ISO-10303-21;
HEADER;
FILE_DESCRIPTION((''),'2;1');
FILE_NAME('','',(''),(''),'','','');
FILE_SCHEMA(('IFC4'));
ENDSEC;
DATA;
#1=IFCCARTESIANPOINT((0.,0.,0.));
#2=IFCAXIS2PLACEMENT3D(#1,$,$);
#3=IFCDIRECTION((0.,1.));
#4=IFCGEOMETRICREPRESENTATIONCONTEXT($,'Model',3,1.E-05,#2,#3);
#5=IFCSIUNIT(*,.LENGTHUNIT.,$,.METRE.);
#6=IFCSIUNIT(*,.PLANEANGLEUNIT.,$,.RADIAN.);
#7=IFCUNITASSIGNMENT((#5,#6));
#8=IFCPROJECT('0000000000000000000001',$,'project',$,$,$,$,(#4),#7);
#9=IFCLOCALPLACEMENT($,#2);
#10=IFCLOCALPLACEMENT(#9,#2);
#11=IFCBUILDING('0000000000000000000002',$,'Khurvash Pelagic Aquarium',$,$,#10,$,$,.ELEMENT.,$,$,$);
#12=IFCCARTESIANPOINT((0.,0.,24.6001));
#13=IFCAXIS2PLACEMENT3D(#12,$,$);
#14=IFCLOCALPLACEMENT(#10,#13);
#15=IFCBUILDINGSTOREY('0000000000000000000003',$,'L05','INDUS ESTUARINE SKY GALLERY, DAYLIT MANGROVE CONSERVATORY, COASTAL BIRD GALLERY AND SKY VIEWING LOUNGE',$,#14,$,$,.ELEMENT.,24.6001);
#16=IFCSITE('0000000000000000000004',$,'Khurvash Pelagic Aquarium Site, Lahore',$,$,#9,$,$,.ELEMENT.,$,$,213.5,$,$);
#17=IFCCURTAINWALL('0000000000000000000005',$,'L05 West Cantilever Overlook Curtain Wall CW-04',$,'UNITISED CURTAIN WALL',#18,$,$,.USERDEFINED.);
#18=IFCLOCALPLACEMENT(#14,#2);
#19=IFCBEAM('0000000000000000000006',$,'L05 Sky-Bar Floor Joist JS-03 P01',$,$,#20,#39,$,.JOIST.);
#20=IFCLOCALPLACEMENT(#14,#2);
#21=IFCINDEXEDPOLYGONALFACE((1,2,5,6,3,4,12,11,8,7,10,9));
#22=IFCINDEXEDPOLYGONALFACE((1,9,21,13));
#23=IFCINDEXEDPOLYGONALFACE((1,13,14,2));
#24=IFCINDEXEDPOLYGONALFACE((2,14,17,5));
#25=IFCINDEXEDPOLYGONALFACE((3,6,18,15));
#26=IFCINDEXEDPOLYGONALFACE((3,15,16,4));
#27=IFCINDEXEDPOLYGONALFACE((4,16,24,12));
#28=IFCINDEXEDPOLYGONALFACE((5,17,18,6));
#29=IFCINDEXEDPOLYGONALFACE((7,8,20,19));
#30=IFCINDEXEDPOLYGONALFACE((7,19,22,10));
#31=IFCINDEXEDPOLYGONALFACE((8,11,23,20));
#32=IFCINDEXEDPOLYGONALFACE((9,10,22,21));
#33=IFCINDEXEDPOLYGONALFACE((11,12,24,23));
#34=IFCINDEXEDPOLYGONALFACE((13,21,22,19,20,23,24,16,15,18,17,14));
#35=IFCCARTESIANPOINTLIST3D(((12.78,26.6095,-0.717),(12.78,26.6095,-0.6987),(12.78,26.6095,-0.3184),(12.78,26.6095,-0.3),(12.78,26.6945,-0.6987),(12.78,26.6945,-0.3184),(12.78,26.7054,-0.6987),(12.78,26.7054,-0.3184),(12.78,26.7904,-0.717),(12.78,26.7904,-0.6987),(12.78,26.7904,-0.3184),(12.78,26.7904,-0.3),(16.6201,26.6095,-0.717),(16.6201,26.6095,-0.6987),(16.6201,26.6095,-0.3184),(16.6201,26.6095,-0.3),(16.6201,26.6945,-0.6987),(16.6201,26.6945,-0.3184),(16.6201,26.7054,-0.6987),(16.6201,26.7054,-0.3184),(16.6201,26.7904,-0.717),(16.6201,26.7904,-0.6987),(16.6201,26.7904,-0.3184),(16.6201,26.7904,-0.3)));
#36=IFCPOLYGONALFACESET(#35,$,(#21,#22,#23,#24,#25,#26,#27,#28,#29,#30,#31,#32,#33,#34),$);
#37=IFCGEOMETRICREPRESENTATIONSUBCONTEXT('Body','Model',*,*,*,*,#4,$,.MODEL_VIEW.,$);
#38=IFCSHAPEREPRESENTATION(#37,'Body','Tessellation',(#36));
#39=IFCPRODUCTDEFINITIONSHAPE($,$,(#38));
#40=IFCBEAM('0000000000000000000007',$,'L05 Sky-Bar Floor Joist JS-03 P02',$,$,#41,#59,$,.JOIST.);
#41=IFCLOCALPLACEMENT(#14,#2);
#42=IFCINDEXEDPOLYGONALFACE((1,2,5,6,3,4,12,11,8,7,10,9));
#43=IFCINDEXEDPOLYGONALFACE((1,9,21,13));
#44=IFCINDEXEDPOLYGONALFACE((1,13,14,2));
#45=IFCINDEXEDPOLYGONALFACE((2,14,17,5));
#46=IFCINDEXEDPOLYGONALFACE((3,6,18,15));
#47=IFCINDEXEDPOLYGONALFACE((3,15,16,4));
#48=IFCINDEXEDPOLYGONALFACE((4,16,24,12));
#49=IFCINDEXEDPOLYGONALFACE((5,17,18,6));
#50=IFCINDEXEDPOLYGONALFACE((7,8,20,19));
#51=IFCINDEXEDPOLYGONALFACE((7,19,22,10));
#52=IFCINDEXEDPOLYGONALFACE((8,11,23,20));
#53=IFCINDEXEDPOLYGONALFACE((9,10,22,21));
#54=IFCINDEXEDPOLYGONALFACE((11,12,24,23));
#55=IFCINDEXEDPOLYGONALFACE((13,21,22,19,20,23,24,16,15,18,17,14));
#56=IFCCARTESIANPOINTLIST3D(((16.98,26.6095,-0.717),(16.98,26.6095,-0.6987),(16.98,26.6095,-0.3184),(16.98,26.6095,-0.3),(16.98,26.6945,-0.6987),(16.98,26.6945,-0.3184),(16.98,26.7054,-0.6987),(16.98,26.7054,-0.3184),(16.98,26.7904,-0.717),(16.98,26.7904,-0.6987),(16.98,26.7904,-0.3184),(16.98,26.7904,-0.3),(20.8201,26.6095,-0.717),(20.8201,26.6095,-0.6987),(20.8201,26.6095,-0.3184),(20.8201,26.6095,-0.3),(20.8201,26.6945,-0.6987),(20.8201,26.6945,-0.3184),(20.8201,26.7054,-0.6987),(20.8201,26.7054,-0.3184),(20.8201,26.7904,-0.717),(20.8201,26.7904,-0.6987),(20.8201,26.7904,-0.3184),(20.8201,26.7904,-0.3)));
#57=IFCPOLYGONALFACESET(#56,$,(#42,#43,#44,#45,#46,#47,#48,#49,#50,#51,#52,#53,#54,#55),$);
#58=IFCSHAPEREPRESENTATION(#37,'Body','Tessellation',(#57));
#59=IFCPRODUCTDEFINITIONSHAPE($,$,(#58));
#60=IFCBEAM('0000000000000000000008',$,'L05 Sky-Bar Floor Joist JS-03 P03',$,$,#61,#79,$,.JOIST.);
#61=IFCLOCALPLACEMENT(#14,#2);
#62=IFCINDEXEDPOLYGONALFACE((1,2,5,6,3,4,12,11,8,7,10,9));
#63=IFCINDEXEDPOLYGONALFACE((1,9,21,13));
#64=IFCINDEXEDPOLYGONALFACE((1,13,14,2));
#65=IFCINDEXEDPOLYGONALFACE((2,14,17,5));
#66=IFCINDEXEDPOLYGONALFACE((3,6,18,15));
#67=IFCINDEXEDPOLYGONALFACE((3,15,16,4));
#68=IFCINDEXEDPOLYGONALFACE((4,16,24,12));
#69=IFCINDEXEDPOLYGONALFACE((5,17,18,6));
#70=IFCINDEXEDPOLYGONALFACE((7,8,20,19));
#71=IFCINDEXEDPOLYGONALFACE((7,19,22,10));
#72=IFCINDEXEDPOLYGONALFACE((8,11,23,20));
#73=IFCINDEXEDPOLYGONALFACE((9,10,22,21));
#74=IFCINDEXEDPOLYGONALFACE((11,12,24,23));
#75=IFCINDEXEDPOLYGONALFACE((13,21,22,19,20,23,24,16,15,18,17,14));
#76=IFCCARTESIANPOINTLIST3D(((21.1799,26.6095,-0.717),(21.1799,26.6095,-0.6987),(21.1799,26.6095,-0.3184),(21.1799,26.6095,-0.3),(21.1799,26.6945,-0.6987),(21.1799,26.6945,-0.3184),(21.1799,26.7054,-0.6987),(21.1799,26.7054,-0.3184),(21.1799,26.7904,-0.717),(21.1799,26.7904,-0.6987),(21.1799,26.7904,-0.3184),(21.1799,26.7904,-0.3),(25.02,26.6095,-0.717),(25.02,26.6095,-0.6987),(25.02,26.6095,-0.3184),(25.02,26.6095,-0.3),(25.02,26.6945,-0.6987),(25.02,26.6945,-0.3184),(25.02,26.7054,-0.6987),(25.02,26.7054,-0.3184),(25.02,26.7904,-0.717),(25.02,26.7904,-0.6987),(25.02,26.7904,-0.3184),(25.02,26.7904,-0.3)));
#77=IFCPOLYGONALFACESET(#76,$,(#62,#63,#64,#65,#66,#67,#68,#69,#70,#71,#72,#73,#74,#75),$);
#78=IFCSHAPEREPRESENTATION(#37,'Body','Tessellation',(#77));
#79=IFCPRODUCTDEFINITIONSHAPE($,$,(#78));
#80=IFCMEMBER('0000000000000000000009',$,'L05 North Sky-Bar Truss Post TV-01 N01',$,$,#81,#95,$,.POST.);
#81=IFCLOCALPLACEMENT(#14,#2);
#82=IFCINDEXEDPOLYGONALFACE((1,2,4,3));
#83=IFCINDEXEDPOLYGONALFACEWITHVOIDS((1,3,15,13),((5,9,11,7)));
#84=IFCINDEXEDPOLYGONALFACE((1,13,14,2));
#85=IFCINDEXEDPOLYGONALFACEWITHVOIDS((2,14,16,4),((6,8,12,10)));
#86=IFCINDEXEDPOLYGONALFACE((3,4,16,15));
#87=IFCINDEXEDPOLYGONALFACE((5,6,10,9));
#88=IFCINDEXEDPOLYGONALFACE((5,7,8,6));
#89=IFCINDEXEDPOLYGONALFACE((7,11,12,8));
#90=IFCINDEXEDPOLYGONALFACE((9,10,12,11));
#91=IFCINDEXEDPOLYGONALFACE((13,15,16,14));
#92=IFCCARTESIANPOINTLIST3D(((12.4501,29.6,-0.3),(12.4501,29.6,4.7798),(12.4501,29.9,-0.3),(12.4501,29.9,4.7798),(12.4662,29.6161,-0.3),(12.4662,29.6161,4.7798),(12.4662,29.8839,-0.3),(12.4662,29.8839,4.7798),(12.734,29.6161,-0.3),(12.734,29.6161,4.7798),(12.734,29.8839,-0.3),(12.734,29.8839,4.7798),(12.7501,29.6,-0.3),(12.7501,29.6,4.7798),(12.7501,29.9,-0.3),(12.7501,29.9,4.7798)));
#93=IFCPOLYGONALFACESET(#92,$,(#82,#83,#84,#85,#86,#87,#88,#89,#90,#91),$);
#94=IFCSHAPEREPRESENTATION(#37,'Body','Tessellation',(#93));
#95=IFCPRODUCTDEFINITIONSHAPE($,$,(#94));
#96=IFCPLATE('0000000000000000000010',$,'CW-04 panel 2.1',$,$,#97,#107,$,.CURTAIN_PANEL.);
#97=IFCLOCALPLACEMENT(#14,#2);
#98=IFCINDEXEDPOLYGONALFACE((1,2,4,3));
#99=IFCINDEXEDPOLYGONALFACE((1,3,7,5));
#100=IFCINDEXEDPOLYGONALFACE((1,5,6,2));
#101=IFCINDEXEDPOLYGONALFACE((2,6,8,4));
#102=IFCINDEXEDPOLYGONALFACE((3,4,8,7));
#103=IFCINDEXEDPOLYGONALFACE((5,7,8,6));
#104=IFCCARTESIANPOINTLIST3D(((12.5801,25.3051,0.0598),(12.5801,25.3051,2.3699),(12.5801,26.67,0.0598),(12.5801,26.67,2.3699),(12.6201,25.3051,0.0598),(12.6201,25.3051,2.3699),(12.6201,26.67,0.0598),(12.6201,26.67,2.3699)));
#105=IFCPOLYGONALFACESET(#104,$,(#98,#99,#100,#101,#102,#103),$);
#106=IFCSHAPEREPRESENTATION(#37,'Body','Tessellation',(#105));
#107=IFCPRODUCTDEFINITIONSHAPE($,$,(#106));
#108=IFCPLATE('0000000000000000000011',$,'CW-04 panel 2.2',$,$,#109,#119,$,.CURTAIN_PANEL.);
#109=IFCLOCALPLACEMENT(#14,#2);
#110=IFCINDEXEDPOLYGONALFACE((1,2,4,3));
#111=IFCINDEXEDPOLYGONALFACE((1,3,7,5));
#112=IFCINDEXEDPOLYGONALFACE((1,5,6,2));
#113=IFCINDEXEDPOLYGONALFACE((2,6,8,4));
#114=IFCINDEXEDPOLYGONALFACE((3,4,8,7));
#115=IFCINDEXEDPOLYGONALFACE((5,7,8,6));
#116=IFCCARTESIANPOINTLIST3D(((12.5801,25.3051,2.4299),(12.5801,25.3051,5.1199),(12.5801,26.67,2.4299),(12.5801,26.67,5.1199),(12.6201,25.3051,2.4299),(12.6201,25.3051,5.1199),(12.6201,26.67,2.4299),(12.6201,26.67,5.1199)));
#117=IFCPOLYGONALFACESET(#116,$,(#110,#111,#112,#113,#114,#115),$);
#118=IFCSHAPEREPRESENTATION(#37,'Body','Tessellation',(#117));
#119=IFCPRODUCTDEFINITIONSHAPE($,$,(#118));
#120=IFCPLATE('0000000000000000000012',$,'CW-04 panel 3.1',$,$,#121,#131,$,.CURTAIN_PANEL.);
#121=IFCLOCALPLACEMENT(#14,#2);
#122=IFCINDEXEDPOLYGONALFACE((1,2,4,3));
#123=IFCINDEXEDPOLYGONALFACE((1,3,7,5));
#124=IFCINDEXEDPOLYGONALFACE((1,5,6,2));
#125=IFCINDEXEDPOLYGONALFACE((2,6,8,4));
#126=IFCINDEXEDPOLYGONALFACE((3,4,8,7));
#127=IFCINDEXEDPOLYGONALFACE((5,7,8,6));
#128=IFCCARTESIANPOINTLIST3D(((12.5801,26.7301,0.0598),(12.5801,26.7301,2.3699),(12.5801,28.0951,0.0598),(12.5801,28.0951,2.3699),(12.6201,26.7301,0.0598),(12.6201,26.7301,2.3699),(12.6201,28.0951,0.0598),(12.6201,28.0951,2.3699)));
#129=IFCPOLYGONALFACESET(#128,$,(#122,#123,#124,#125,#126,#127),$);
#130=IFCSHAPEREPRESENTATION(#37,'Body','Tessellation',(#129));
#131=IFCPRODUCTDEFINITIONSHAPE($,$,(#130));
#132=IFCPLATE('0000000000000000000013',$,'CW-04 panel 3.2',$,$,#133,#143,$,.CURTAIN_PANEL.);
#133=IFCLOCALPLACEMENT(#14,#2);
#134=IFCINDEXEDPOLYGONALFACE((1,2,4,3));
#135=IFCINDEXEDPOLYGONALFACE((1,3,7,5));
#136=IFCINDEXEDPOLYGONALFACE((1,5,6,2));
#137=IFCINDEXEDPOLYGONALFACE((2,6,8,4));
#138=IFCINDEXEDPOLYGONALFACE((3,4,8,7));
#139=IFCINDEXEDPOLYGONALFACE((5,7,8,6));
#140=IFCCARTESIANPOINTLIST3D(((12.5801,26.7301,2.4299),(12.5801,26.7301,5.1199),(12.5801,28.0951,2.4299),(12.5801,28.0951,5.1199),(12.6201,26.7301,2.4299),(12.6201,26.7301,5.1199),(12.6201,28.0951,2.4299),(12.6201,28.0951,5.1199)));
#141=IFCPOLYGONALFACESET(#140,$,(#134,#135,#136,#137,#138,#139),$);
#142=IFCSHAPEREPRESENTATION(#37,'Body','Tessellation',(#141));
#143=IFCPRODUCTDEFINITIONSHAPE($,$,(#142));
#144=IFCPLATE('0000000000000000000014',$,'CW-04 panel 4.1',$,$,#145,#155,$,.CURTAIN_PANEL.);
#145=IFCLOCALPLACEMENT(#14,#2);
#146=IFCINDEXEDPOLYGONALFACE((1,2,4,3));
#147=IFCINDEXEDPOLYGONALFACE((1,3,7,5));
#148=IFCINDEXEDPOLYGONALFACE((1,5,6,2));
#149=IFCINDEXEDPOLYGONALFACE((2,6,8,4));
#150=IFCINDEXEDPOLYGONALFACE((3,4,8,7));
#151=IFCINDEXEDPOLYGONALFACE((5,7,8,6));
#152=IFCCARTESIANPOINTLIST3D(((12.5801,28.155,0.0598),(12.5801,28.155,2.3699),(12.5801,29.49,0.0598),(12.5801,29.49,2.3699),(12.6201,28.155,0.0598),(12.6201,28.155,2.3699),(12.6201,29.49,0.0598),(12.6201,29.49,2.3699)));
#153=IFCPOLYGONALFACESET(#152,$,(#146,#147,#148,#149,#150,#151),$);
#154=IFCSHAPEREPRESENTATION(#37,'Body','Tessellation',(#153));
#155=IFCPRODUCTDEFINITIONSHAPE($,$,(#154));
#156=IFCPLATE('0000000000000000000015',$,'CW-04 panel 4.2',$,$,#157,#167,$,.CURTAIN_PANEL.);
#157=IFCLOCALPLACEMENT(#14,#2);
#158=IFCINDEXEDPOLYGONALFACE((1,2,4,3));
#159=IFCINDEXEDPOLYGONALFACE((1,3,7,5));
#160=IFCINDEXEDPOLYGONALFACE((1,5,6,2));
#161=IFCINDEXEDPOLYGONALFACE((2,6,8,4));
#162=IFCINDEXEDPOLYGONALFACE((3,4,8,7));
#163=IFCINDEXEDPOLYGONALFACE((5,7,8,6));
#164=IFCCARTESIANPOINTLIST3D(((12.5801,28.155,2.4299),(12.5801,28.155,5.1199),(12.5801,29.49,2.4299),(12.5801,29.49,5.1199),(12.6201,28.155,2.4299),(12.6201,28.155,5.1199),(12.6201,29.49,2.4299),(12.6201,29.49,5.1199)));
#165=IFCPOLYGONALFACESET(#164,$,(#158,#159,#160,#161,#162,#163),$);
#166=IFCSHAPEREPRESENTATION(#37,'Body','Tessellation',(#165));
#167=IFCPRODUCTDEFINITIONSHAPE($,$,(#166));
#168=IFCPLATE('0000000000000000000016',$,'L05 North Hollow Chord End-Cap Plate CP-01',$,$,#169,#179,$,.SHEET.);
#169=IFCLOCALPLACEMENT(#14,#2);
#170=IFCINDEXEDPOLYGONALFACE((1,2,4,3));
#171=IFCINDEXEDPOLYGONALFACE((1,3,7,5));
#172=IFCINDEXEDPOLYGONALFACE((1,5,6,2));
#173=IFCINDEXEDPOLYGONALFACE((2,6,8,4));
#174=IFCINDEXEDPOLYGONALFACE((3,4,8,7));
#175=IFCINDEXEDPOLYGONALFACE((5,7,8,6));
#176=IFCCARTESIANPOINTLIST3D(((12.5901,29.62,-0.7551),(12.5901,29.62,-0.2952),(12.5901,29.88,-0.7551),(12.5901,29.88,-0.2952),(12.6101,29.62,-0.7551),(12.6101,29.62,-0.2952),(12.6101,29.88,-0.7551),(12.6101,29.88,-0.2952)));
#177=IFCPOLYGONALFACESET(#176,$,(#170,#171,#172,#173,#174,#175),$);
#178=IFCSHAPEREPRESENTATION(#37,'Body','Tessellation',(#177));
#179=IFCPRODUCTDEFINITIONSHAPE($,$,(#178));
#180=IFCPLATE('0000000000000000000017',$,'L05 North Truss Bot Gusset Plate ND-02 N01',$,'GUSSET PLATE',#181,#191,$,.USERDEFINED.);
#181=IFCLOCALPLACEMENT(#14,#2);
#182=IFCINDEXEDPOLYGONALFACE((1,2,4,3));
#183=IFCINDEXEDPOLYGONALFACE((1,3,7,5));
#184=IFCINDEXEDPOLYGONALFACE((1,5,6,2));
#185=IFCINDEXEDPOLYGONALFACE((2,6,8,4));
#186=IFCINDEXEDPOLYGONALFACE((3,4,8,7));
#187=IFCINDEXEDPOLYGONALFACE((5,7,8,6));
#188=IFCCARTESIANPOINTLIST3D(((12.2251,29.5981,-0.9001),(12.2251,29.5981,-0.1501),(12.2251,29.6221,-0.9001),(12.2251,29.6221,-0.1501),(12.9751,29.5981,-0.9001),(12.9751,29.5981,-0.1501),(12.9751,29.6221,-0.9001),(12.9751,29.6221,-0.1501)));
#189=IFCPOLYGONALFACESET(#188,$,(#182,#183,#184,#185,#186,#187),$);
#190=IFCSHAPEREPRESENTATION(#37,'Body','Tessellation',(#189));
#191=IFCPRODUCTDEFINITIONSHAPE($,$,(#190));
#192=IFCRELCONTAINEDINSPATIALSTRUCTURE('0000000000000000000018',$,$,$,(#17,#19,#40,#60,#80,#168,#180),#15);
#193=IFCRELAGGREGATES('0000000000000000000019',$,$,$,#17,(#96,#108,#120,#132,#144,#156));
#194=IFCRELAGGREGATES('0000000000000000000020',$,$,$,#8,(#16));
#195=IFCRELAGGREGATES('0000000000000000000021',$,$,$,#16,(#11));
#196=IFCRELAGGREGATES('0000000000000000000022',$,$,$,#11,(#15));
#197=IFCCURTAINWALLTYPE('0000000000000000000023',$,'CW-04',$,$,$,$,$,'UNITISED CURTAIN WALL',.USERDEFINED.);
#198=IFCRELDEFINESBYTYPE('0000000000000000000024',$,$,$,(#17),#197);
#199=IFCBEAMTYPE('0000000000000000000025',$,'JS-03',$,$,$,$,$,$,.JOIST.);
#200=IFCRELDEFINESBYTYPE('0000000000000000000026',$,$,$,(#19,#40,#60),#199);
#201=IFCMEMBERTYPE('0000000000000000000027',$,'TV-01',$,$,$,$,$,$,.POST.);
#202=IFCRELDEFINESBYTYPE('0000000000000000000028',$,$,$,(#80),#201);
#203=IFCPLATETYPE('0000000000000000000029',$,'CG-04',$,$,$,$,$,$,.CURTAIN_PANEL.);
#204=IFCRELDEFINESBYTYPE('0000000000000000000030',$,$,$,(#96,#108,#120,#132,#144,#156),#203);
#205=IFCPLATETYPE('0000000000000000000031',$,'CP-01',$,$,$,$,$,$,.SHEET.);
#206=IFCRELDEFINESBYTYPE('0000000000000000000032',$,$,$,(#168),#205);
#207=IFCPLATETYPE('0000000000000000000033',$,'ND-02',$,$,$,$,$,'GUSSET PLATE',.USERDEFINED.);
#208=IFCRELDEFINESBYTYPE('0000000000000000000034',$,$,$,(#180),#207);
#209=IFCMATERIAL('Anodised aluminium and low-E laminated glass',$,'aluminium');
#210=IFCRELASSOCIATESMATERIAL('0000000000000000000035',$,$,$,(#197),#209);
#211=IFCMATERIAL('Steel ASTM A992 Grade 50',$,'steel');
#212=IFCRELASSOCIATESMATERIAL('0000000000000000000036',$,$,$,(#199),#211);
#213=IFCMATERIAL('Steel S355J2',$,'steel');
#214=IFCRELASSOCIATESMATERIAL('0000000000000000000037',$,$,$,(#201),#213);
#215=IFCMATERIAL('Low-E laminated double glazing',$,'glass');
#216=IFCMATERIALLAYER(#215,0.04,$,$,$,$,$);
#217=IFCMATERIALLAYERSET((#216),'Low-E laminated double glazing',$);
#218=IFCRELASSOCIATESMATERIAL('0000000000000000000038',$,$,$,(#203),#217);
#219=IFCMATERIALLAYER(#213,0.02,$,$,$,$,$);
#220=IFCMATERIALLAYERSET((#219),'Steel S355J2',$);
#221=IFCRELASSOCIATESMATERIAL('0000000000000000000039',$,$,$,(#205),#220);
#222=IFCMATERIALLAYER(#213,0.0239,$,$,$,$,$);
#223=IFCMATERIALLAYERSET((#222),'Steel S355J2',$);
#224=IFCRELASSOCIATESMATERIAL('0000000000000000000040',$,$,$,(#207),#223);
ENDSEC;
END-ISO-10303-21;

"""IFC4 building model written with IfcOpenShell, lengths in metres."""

from ifc_helpers import new_model, si_unit, direction, frame, origin, origin_2d, place, context, subcontext, project, spatial, rectangle, hollow_rectangle, i_section, extrude, material, layer, layer_set, material_profile, profile_set, type_object, element, aggregate, save


model = new_model("IFC4")

# Units and contexts
model_context = context("Model", 3, precision=1e-05, world=origin(), true_north=direction((0.0, 1.0)))
body_context = subcontext(model_context, "Body", "Model", "MODEL_VIEW")
ifc_project = project(units=[si_unit("LENGTHUNIT", "METRE"), si_unit("PLANEANGLEUNIT", "RADIAN")], contexts=[model_context])

# Site, building, storey
site_placement = place(None, origin())
site = spatial("IfcSite", under=ifc_project, at=site_placement, Name="Khurvash Pelagic Aquarium Site, Lahore", CompositionType="ELEMENT", RefElevation=213.5)
building_placement = place(site_placement, origin())
building = spatial("IfcBuilding", under=site, at=building_placement, Name="Khurvash Pelagic Aquarium", CompositionType="ELEMENT")
storey_placement = place(building_placement, frame((0.0, 0.0, 24.6001)))
storey = spatial("IfcBuildingStorey", under=building, at=storey_placement, Name="L05", Description="INDUS ESTUARINE SKY GALLERY, DAYLIT MANGROVE CONSERVATORY, COASTAL BIRD GALLERY AND SKY VIEWING LOUNGE", CompositionType="ELEMENT", Elevation=24.6001)

# Curtain wall
ifc_material_1 = material(Name="Anodised aluminium and low-E laminated glass", Category="aluminium")
curtain_wall_type = type_object("IfcCurtainWallType", Name="CW-04", ElementType="UNITISED CURTAIN WALL", PredefinedType="USERDEFINED", material=ifc_material_1)
curtain_wall_placement = place(storey_placement, origin())
curtain_wall = element("IfcCurtainWall", 1, at=curtain_wall_placement, inside=storey, type_object=curtain_wall_type, Name="L05 West Cantilever Overlook Curtain Wall CW-04", ObjectType="UNITISED CURTAIN WALL", PredefinedType="USERDEFINED")

# Beams
ifc_material_2 = material(Name="Steel ASTM A992 Grade 50", Category="steel")
ifc_material_profile_1 = material_profile(ifc_material_2, i_section(OverallWidth=0.1809, OverallDepth=0.417, WebThickness=0.011, FlangeThickness=0.0183, at=origin_2d()), Name="W16X57")
ifc_profile_set_1 = profile_set([ifc_material_profile_1], Name="Steel ASTM A992 Grade 50")
beam_type = type_object("IfcBeamType", Name="JS-03", PredefinedType="JOIST", material=ifc_profile_set_1)
for number, where, z_axis, x_axis, name in (
    (2, (12.78, 26.7, -0.5085), (1.0, 0.0, 0.0), (0.0, 1.0, 0.0), "L05 Sky-Bar Floor Joist JS-03 P01"),
    (3, (16.98, 26.7, -0.5085), (1.0, 0.0, 0.0), (0.0, 1.0, 0.0), "L05 Sky-Bar Floor Joist JS-03 P02"),
    (4, (21.1799, 26.7, -0.5085), (1.0, 0.0, 0.0), (0.0, 1.0, 0.0), "L05 Sky-Bar Floor Joist JS-03 P03"),
):
    element("IfcBeam", number, at=place(storey_placement, frame(where, z_axis=z_axis, x_axis=x_axis)), inside=storey, type_object=beam_type, Name=name, PredefinedType="JOIST", context=body_context, shape_type="SweptSolid", body=[
        extrude(i_section(OverallWidth=0.1809, OverallDepth=0.417, WebThickness=0.011, FlangeThickness=0.0183, at=origin_2d()), origin(), (0.0, 0.0, 1.0), 3.8401),
    ])

# Member
ifc_material_3 = material(Name="Steel S355J2", Category="steel")
ifc_material_profile_2 = material_profile(ifc_material_3, hollow_rectangle(XDim=0.3, YDim=0.3, WallThickness=0.0161, at=origin_2d()), Name="SHS300X300X16")
ifc_profile_set_2 = profile_set([ifc_material_profile_2], Name="Steel S355J2")
member_type_1 = type_object("IfcMemberType", Name="TV-01", PredefinedType="POST", material=ifc_profile_set_2)
member_1_placement = place(storey_placement, frame((12.6001, 29.75, -0.3), z_axis=(0.0, 0.0, 1.0), x_axis=(1.0, 0.0, 0.0)))
element("IfcMember", 5, at=member_1_placement, inside=storey, type_object=member_type_1, Name="L05 North Sky-Bar Truss Post TV-01 N01", PredefinedType="POST", context=body_context, shape_type="SweptSolid", body=[
    extrude(hollow_rectangle(XDim=0.3, YDim=0.3, WallThickness=0.0161, at=origin_2d()), origin(), (0.0, 0.0, 1.0), 5.0798),
])

# Plates
ifc_material_4 = material(Name="Low-E laminated double glazing", Category="glass")
ifc_layer_1 = layer(ifc_material_4, 0.04)
ifc_layer_set_1 = layer_set([ifc_layer_1], Name="Low-E laminated double glazing")
plate_type_1 = type_object("IfcPlateType", Name="CG-04", PredefinedType="CURTAIN_PANEL", material=ifc_layer_set_1)
plate_1_placement = place(storey_placement, frame((12.6001, 25.9875, 0.0598), z_axis=(0.0, 0.0, 1.0), x_axis=(0.0, 1.0, 0.0)))
plate_1 = element("IfcPlate", 6, at=plate_1_placement, type_object=plate_type_1, Name="CW-04 panel 2.1", PredefinedType="CURTAIN_PANEL", context=body_context, shape_type="SweptSolid", body=[
    extrude(rectangle(XDim=1.365, YDim=0.04, at=origin_2d()), origin(), (0.0, 0.0, 1.0), 2.3101),
])
plate_2_placement = place(storey_placement, frame((12.6001, 25.9875, 2.4299), z_axis=(0.0, 0.0, 1.0), x_axis=(0.0, 1.0, 0.0)))
plate_2 = element("IfcPlate", 7, at=plate_2_placement, type_object=plate_type_1, Name="CW-04 panel 2.2", PredefinedType="CURTAIN_PANEL", context=body_context, shape_type="SweptSolid", body=[
    extrude(rectangle(XDim=1.365, YDim=0.04, at=origin_2d()), origin(), (0.0, 0.0, 1.0), 2.6899),
])
plate_3_placement = place(storey_placement, frame((12.6001, 27.4126, 0.0598), z_axis=(0.0, 0.0, 1.0), x_axis=(0.0, 1.0, 0.0)))
plate_3 = element("IfcPlate", 8, at=plate_3_placement, type_object=plate_type_1, Name="CW-04 panel 3.1", PredefinedType="CURTAIN_PANEL", context=body_context, shape_type="SweptSolid", body=[
    extrude(rectangle(XDim=1.365, YDim=0.04, at=origin_2d()), origin(), (0.0, 0.0, 1.0), 2.3101),
])
plate_4_placement = place(storey_placement, frame((12.6001, 27.4126, 2.4299), z_axis=(0.0, 0.0, 1.0), x_axis=(0.0, 1.0, 0.0)))
plate_4 = element("IfcPlate", 9, at=plate_4_placement, type_object=plate_type_1, Name="CW-04 panel 3.2", PredefinedType="CURTAIN_PANEL", context=body_context, shape_type="SweptSolid", body=[
    extrude(rectangle(XDim=1.365, YDim=0.04, at=origin_2d()), origin(), (0.0, 0.0, 1.0), 2.6899),
])
plate_5_placement = place(storey_placement, frame((12.6001, 28.8225, 0.0598), z_axis=(0.0, 0.0, 1.0), x_axis=(0.0, 1.0, 0.0)))
plate_5 = element("IfcPlate", 10, at=plate_5_placement, type_object=plate_type_1, Name="CW-04 panel 4.1", PredefinedType="CURTAIN_PANEL", context=body_context, shape_type="SweptSolid", body=[
    extrude(rectangle(XDim=1.335, YDim=0.04, at=origin_2d()), origin(), (0.0, 0.0, 1.0), 2.3101),
])
plate_6_placement = place(storey_placement, frame((12.6001, 28.8225, 2.4299), z_axis=(0.0, 0.0, 1.0), x_axis=(0.0, 1.0, 0.0)))
plate_6 = element("IfcPlate", 11, at=plate_6_placement, type_object=plate_type_1, Name="CW-04 panel 4.2", PredefinedType="CURTAIN_PANEL", context=body_context, shape_type="SweptSolid", body=[
    extrude(rectangle(XDim=1.335, YDim=0.04, at=origin_2d()), origin(), (0.0, 0.0, 1.0), 2.6899),
])
aggregate(curtain_wall, [plate_1, plate_2, plate_3, plate_4, plate_5, plate_6])

# Plates
ifc_layer_2 = layer(ifc_material_3, 0.02)
ifc_layer_set_2 = layer_set([ifc_layer_2], Name="Steel S355J2")
plate_type_2 = type_object("IfcPlateType", Name="CP-01", PredefinedType="SHEET", material=ifc_layer_set_2)
plate_7_placement = place(storey_placement, frame((12.6001, 29.75, -0.7551), z_axis=(0.0, 0.0, 1.0), x_axis=(0.0, 1.0, 0.0)))
element("IfcPlate", 12, at=plate_7_placement, inside=storey, type_object=plate_type_2, Name="L05 North Hollow Chord End-Cap Plate CP-01", PredefinedType="SHEET", context=body_context, shape_type="SweptSolid", body=[
    extrude(rectangle(XDim=0.26, YDim=0.02, at=origin_2d()), origin(), (0.0, 0.0, 1.0), 0.46),
])
ifc_layer_3 = layer(ifc_material_3, 0.0239)
ifc_layer_set_3 = layer_set([ifc_layer_3], Name="Steel S355J2")
plate_type_3 = type_object("IfcPlateType", Name="ND-02", ElementType="GUSSET PLATE", PredefinedType="USERDEFINED", material=ifc_layer_set_3)
for number, where, z_axis, x_axis, name in (
    (13, (12.6001, 29.6101, -0.9001), (0.0, 0.0, 1.0), (1.0, 0.0, 0.0), "L05 North Truss Bot Gusset Plate ND-02 N01"),
):
    element("IfcPlate", number, at=place(storey_placement, frame(where, z_axis=z_axis, x_axis=x_axis)), inside=storey, type_object=plate_type_3, Name=name, ObjectType="GUSSET PLATE", PredefinedType="USERDEFINED", context=body_context, shape_type="SweptSolid", body=[
        extrude(rectangle(XDim=0.75, YDim=0.0239, at=origin_2d()), origin(), (0.0, 0.0, 1.0), 0.75),
    ])

save(model, "model.ifc")
